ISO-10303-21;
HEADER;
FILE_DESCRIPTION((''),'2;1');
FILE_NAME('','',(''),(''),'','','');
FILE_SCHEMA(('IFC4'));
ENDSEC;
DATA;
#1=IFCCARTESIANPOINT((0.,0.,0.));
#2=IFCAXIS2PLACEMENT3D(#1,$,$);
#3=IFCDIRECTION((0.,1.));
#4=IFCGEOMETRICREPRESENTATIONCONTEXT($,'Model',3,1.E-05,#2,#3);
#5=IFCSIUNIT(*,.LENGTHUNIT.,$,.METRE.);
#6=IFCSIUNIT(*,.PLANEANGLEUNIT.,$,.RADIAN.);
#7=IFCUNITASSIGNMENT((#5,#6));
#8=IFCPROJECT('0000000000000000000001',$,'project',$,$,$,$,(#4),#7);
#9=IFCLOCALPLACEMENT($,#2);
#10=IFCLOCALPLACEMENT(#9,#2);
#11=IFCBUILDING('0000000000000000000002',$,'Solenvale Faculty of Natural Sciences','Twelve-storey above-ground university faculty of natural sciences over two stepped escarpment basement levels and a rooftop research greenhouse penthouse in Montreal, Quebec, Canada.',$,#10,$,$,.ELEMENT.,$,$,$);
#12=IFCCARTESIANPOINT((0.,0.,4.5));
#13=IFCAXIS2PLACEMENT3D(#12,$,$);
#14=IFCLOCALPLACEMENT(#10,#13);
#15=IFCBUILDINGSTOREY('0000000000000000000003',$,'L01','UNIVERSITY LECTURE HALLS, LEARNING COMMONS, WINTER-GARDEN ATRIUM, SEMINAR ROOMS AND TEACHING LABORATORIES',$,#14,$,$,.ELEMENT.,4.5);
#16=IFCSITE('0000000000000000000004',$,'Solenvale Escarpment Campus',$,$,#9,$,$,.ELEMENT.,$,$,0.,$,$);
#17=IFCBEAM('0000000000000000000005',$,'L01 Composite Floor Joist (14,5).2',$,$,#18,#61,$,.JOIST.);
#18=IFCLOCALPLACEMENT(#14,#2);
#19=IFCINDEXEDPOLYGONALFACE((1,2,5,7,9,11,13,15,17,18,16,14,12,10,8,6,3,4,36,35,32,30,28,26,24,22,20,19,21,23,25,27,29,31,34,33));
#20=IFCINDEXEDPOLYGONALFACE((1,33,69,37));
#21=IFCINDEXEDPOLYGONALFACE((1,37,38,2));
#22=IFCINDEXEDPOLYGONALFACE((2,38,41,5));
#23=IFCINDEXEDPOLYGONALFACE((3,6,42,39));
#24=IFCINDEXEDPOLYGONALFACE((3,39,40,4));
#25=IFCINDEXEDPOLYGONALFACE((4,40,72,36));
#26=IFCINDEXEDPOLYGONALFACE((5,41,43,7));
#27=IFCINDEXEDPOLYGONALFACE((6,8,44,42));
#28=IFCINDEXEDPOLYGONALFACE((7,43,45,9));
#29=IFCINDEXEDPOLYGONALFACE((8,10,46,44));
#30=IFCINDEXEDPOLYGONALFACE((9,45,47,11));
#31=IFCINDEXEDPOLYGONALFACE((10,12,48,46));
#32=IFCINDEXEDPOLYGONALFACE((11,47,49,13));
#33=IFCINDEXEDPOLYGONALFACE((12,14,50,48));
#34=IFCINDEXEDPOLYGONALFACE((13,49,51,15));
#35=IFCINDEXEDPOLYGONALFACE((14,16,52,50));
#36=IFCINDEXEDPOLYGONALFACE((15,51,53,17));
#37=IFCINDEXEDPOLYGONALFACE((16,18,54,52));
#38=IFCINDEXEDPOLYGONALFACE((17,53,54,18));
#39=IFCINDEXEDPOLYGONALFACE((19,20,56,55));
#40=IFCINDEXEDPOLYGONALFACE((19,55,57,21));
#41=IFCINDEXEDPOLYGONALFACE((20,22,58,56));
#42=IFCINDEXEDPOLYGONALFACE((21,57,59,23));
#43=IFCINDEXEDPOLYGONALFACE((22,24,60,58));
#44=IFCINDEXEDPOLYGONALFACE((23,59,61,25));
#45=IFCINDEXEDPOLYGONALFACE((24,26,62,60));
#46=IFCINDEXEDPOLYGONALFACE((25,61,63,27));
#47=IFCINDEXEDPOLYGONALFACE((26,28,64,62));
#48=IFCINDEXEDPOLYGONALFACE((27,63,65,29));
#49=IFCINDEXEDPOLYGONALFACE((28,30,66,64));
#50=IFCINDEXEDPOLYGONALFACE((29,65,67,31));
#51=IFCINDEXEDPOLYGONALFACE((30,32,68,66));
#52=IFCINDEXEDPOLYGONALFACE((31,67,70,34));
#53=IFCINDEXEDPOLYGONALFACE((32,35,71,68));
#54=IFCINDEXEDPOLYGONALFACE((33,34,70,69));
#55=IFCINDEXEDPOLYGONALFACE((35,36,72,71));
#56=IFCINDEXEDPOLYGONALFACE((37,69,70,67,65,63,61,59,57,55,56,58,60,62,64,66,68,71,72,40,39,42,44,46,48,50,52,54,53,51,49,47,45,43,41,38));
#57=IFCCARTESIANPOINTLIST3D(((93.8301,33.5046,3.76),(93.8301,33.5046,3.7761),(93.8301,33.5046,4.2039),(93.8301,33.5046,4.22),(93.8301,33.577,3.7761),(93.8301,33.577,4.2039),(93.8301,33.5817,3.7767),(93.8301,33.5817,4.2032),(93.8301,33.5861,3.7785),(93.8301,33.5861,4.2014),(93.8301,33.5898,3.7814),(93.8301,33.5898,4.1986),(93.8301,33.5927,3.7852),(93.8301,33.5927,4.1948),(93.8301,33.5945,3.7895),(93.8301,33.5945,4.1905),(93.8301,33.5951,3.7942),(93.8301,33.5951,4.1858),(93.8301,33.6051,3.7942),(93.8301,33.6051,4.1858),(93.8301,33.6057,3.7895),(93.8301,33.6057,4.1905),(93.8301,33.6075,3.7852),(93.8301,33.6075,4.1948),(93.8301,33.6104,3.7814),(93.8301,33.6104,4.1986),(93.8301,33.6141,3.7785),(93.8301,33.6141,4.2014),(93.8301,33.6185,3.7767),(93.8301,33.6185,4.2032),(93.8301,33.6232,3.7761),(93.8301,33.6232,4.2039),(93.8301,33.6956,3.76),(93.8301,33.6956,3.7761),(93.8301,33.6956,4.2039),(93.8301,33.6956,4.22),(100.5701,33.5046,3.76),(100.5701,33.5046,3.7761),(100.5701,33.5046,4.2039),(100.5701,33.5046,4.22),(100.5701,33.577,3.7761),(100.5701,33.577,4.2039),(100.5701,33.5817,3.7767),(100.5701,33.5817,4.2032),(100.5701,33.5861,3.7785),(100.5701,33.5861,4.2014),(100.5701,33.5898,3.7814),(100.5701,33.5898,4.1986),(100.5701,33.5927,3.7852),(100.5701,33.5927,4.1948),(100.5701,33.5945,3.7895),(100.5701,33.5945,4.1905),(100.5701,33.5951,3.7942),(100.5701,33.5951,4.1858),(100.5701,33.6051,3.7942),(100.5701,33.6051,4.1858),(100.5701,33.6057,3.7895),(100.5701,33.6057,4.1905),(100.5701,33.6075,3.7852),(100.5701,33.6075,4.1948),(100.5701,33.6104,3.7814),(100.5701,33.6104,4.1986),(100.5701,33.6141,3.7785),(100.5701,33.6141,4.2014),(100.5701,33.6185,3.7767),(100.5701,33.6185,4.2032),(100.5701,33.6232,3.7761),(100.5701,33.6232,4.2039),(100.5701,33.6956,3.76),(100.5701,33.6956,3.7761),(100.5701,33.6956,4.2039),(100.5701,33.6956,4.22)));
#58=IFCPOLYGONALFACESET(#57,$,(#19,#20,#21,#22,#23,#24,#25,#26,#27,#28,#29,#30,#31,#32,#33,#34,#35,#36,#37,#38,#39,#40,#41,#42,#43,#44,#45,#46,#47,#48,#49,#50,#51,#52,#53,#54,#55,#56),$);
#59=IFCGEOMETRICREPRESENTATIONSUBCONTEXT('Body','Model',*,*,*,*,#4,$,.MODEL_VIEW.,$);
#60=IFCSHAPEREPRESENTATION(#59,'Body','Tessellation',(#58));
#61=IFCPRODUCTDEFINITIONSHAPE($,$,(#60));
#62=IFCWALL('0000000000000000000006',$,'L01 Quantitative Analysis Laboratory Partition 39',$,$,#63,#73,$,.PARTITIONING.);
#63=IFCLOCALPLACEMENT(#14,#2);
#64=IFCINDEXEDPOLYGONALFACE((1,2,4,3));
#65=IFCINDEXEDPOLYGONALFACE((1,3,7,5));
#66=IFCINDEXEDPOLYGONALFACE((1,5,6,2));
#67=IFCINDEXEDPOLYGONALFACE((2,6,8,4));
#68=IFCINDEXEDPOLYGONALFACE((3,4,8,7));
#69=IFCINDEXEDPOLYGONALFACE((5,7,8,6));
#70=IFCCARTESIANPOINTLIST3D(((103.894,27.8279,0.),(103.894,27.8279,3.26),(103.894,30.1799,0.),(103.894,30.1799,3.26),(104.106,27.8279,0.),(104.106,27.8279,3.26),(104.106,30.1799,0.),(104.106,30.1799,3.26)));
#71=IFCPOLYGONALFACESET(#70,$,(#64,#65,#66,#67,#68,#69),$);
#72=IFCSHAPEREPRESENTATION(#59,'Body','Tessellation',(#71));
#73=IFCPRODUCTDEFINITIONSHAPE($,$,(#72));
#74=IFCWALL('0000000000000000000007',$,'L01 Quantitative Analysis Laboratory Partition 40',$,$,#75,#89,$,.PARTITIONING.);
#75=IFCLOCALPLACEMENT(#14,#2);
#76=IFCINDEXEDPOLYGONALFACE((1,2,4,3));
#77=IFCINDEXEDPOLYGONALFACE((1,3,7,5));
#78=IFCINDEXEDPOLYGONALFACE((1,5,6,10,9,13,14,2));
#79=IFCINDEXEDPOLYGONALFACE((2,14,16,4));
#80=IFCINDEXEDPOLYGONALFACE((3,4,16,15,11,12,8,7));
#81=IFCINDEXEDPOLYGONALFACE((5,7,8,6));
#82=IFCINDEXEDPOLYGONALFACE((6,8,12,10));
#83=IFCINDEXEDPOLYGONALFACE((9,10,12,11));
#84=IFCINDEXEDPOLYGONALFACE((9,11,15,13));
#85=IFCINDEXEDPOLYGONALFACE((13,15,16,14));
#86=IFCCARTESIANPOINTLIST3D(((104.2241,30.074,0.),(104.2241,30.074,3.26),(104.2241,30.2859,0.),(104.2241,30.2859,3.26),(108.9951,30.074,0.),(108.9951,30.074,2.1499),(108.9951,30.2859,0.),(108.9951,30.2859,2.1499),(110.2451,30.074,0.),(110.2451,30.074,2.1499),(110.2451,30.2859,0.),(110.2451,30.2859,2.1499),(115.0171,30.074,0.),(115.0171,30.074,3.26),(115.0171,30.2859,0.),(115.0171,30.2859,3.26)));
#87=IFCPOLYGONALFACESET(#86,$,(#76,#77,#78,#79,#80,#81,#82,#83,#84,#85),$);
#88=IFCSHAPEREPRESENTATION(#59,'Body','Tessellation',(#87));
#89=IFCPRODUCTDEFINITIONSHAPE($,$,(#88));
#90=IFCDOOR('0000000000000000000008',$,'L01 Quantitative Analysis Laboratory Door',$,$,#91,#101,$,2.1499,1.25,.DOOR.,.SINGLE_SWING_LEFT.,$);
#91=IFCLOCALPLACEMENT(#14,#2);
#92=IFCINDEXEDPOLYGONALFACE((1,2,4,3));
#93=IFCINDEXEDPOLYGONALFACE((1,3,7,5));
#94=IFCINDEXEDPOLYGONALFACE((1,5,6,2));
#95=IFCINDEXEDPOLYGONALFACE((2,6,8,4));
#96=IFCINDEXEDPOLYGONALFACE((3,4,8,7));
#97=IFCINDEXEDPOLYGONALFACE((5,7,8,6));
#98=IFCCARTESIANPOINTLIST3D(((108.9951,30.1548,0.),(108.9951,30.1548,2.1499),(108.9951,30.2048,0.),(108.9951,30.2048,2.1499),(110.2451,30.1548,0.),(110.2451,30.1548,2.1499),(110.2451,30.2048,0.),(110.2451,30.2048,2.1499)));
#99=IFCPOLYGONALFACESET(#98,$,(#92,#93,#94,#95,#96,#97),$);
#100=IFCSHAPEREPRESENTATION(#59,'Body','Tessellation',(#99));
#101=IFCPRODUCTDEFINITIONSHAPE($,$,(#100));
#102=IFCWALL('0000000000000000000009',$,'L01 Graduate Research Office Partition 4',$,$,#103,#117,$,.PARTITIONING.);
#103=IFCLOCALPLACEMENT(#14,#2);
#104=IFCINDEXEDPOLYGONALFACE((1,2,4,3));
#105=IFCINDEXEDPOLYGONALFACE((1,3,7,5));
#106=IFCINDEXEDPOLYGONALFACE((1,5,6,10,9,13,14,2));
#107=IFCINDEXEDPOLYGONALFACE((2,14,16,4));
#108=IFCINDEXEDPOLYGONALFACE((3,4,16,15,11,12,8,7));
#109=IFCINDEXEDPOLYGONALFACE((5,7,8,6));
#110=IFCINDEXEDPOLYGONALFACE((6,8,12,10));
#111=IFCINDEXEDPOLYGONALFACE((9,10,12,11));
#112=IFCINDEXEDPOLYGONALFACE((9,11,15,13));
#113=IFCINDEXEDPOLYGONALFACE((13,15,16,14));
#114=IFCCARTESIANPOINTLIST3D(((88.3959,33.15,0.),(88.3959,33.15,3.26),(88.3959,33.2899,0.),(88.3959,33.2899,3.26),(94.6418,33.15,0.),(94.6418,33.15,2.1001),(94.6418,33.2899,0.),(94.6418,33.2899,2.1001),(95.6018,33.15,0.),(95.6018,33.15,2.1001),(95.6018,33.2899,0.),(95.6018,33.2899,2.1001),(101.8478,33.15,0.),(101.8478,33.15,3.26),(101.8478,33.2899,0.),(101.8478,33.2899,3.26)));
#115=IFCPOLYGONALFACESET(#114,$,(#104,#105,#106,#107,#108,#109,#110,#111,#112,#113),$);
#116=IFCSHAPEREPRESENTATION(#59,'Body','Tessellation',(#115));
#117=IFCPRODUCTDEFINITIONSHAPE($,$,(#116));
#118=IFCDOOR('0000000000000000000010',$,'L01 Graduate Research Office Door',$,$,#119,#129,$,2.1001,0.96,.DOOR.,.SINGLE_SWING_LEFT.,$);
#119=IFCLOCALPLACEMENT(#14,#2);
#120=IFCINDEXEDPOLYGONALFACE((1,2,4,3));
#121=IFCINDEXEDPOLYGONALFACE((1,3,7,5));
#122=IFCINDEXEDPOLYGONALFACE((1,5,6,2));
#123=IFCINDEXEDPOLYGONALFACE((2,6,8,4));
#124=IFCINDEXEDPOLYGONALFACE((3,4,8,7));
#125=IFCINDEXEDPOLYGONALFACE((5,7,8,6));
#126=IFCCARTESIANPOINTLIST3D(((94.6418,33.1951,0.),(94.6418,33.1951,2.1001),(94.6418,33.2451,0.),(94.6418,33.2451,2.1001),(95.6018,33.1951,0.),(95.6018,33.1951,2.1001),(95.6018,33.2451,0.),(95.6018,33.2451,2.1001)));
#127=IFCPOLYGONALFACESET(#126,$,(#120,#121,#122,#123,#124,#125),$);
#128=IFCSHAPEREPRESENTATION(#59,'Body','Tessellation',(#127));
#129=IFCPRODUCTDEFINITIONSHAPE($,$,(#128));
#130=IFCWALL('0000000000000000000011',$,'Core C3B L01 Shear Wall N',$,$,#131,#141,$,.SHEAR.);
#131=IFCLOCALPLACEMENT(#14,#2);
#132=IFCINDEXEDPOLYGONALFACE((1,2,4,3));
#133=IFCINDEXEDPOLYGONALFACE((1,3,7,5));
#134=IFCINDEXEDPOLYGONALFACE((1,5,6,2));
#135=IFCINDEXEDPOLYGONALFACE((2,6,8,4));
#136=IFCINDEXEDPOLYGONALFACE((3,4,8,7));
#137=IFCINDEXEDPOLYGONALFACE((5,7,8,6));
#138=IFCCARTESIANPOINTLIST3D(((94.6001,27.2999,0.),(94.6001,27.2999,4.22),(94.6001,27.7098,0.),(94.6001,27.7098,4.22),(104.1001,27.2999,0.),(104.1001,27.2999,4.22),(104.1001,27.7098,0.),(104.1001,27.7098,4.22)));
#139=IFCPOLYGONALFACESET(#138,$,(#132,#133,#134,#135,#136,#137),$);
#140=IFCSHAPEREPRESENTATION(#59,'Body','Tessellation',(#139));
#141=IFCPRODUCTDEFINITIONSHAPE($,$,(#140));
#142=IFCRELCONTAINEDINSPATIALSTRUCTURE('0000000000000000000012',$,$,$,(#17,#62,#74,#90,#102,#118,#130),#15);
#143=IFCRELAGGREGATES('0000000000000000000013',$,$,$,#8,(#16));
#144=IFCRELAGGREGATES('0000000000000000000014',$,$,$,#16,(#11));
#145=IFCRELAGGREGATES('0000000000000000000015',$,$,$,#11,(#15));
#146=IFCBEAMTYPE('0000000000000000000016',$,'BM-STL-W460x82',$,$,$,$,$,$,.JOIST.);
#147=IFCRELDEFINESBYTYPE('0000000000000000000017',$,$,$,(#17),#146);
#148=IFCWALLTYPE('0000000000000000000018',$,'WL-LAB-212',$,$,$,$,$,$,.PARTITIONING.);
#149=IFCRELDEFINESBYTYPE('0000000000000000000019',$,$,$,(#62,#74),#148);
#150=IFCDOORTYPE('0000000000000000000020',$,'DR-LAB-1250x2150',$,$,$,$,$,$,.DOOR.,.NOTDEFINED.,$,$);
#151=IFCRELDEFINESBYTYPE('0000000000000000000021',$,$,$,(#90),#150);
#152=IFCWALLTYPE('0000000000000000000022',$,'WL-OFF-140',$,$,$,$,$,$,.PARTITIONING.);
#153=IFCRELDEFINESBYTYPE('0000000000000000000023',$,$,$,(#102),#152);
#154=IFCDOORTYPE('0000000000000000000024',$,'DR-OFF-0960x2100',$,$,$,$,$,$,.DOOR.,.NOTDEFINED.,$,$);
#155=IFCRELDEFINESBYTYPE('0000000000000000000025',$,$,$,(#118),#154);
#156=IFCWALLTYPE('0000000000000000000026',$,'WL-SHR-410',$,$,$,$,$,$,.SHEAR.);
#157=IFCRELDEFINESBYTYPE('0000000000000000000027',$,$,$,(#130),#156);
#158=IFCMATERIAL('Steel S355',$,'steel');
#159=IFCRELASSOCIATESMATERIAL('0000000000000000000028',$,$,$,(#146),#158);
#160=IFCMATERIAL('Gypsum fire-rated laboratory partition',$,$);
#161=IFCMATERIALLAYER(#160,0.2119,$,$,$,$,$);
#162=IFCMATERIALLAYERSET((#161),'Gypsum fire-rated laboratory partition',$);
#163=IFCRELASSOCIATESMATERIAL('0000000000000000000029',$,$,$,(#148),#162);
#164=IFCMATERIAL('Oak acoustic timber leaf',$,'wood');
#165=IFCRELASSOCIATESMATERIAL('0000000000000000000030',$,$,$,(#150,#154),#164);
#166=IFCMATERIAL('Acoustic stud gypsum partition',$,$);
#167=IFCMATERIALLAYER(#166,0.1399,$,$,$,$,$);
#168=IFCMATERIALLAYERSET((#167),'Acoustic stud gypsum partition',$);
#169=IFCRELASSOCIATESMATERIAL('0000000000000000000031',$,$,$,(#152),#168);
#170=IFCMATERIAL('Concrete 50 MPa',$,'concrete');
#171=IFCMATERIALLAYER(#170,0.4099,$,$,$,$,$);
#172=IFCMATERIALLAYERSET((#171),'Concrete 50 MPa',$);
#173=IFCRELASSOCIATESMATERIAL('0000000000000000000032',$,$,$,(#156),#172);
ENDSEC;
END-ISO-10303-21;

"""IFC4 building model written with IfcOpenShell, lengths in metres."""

from ifc_helpers import new_model, si_unit, direction, frame, frame_2d, origin, origin_2d, place, context, subcontext, project, spatial, rectangle, i_section, extrude, material, layer, layer_set, material_profile, profile_set, type_object, element, fill, save


model = new_model("IFC4")

# Units and contexts
model_context = context("Model", 3, precision=1e-05, world=origin(), true_north=direction((0.0, 1.0)))
body_context = subcontext(model_context, "Body", "Model", "MODEL_VIEW")
ifc_project = project(units=[si_unit("LENGTHUNIT", "METRE"), si_unit("PLANEANGLEUNIT", "RADIAN")], contexts=[model_context])

# Site, building, storey
site_placement = place(None, origin())
site = spatial("IfcSite", under=ifc_project, at=site_placement, Name="Solenvale Escarpment Campus", CompositionType="ELEMENT", RefElevation=0.0)
building_placement = place(site_placement, origin())
building = spatial("IfcBuilding", under=site, at=building_placement, Name="Solenvale Faculty of Natural Sciences", Description="Twelve-storey above-ground university faculty of natural sciences over two stepped escarpment basement levels and a rooftop research greenhouse penthouse in Montreal, Quebec, Canada.", CompositionType="ELEMENT")
storey_placement = place(building_placement, frame((0.0, 0.0, 4.5)))
storey = spatial("IfcBuildingStorey", under=building, at=storey_placement, Name="L01", Description="UNIVERSITY LECTURE HALLS, LEARNING COMMONS, WINTER-GARDEN ATRIUM, SEMINAR ROOMS AND TEACHING LABORATORIES", CompositionType="ELEMENT", Elevation=4.5)

# Shared definitions
ifc_material_1 = material(Name="Concrete 50 MPa", Category="concrete")

# Beam
ifc_material_2 = material(Name="Steel S355", Category="steel")
ifc_material_profile_1 = material_profile(ifc_material_2, i_section(OverallWidth=0.1909, OverallDepth=0.46, WebThickness=0.01, FlangeThickness=0.0161, FilletRadius=0.0181, at=origin_2d()), Name="W460x82")
ifc_profile_set_1 = profile_set([ifc_material_profile_1], Name="Steel S355")
beam_type_1 = type_object("IfcBeamType", Name="BM-STL-W460x82", PredefinedType="JOIST", material=ifc_profile_set_1)
for number, where, z_axis, x_axis, name in (
    (1, (93.8301, 33.6001, 3.99), (1.0, 0.0, 0.0), (0.0, 1.0, 0.0), "L01 Composite Floor Joist (14,5).2"),
):
    element("IfcBeam", number, at=place(storey_placement, frame(where, z_axis=z_axis, x_axis=x_axis)), inside=storey, type_object=beam_type_1, Name=name, PredefinedType="JOIST", context=body_context, shape_type="SweptSolid", body=[
        extrude(i_section(OverallWidth=0.1909, OverallDepth=0.46, WebThickness=0.01, FlangeThickness=0.0161, FilletRadius=0.0181, at=origin_2d()), origin(), (0.0, 0.0, 1.0), 6.74),
    ])

# Wall
ifc_material_3 = material(Name="Gypsum fire-rated laboratory partition")
ifc_layer_1 = layer(ifc_material_3, 0.2119)
ifc_layer_set_1 = layer_set([ifc_layer_1], Name="Gypsum fire-rated laboratory partition")
wall_type_1 = type_object("IfcWallType", Name="WL-LAB-212", PredefinedType="PARTITIONING", material=ifc_layer_set_1)
wall_1_placement = place(storey_placement, frame((104.0, 27.8279, 0.0), z_axis=(0.0, 0.0, 1.0), x_axis=(0.0, 1.0, 0.0)))
element("IfcWall", 2, at=wall_1_placement, inside=storey, type_object=wall_type_1, Name="L01 Quantitative Analysis Laboratory Partition 39", PredefinedType="PARTITIONING", context=body_context, shape_type="SweptSolid", body=[
    extrude(rectangle(XDim=2.3521, YDim=0.2119, at=frame_2d((1.176, 0.0))), origin(), (0.0, 0.0, 1.0), 3.26),
])

# Walls, openings, doors
wall_2_placement = place(storey_placement, frame((104.2241, 30.1799, 0.0), z_axis=(0.0, 0.0, 1.0), x_axis=(1.0, 0.0, 0.0)))
wall_2 = element("IfcWall", 3, at=wall_2_placement, inside=storey, type_object=wall_type_1, Name="L01 Quantitative Analysis Laboratory Partition 40", PredefinedType="PARTITIONING", context=body_context, shape_type="SweptSolid", body=[
    extrude(rectangle(XDim=10.793, YDim=0.2119, at=frame_2d((5.3965, 0.0))), origin(), (0.0, 0.0, 1.0), 3.26),
])
opening_1_placement = place(wall_2_placement, frame((4.771, 0.0, 0.0)))
opening_1 = element("IfcOpeningElement", 4, at=opening_1_placement, cuts=wall_2, PredefinedType="OPENING", context=body_context, shape_type="SweptSolid", body=[
    extrude(rectangle(XDim=1.25, YDim=2.1499, at=frame_2d((0.625, 1.075))), frame((0.0, 0.116, 0.0), z_axis=(0.0, -1.0, 0.0), x_axis=(1.0, 0.0, 0.0)), (0.0, 0.0, 1.0), 0.2319),
])
ifc_material_4 = material(Name="Oak acoustic timber leaf", Category="wood")
door_type_1 = type_object("IfcDoorType", Name="DR-LAB-1250x2150", OperationType="NOTDEFINED", PredefinedType="DOOR", material=ifc_material_4)
door_1_placement = place(opening_1_placement, origin())
door_1 = element("IfcDoor", 5, at=door_1_placement, inside=storey, type_object=door_type_1, Name="L01 Quantitative Analysis Laboratory Door", OperationType="SINGLE_SWING_LEFT", OverallHeight=2.1499, OverallWidth=1.25, PredefinedType="DOOR", context=body_context, shape_type="SweptSolid", body=[
    extrude(rectangle(XDim=1.25, YDim=2.1499, at=frame_2d((0.625, 1.075))), frame((0.0, 0.0249, 0.0), z_axis=(0.0, -1.0, 0.0), x_axis=(1.0, 0.0, 0.0)), (0.0, 0.0, 1.0), 0.05),
])
fill(opening_1, door_1)
ifc_material_5 = material(Name="Acoustic stud gypsum partition")
ifc_layer_2 = layer(ifc_material_5, 0.1399)
ifc_layer_set_2 = layer_set([ifc_layer_2], Name="Acoustic stud gypsum partition")
wall_type_2 = type_object("IfcWallType", Name="WL-OFF-140", PredefinedType="PARTITIONING", material=ifc_layer_set_2)
wall_3_placement = place(storey_placement, frame((101.8479, 33.22, 0.0), z_axis=(0.0, 0.0, 1.0), x_axis=(-1.0, 0.0, 0.0)))
wall_3 = element("IfcWall", 6, at=wall_3_placement, inside=storey, type_object=wall_type_2, Name="L01 Graduate Research Office Partition 4", PredefinedType="PARTITIONING", context=body_context, shape_type="SweptSolid", body=[
    extrude(rectangle(XDim=13.4519, YDim=0.1399, at=frame_2d((6.7261, 0.0))), origin(), (0.0, 0.0, 1.0), 3.26),
])
opening_2_placement = place(wall_3_placement, frame((6.2461, 0.0, 0.0)))
opening_2 = element("IfcOpeningElement", 7, at=opening_2_placement, cuts=wall_3, PredefinedType="OPENING", context=body_context, shape_type="SweptSolid", body=[
    extrude(rectangle(XDim=0.96, YDim=2.1001, at=frame_2d((0.48, 1.05))), frame((0.0, 0.0798, 0.0), z_axis=(0.0, -1.0, 0.0), x_axis=(1.0, 0.0, 0.0)), (0.0, 0.0, 1.0), 0.1599),
])
door_type_2 = type_object("IfcDoorType", Name="DR-OFF-0960x2100", OperationType="NOTDEFINED", PredefinedType="DOOR", material=ifc_material_4)
door_2_placement = place(opening_2_placement, origin())
door_2 = element("IfcDoor", 8, at=door_2_placement, inside=storey, type_object=door_type_2, Name="L01 Graduate Research Office Door", OperationType="SINGLE_SWING_LEFT", OverallHeight=2.1001, OverallWidth=0.96, PredefinedType="DOOR", context=body_context, shape_type="SweptSolid", body=[
    extrude(rectangle(XDim=0.96, YDim=2.1001, at=frame_2d((0.48, 1.05))), frame((0.0, 0.0249, 0.0), z_axis=(0.0, -1.0, 0.0), x_axis=(1.0, 0.0, 0.0)), (0.0, 0.0, 1.0), 0.05),
])
fill(opening_2, door_2)

# Wall
ifc_layer_3 = layer(ifc_material_1, 0.4099)
ifc_layer_set_3 = layer_set([ifc_layer_3], Name="Concrete 50 MPa")
wall_type_3 = type_object("IfcWallType", Name="WL-SHR-410", PredefinedType="SHEAR", material=ifc_layer_set_3)
wall_4_placement = place(storey_placement, frame((94.6001, 27.5049, 0.0), z_axis=(0.0, 0.0, 1.0), x_axis=(1.0, 0.0, 0.0)))
element("IfcWall", 9, at=wall_4_placement, inside=storey, type_object=wall_type_3, Name="Core C3B L01 Shear Wall N", PredefinedType="SHEAR", context=body_context, shape_type="SweptSolid", body=[
    extrude(rectangle(XDim=9.5, YDim=0.4099, at=frame_2d((4.75, 0.0))), origin(), (0.0, 0.0, 1.0), 4.22),
])

save(model, "model.ifc")
